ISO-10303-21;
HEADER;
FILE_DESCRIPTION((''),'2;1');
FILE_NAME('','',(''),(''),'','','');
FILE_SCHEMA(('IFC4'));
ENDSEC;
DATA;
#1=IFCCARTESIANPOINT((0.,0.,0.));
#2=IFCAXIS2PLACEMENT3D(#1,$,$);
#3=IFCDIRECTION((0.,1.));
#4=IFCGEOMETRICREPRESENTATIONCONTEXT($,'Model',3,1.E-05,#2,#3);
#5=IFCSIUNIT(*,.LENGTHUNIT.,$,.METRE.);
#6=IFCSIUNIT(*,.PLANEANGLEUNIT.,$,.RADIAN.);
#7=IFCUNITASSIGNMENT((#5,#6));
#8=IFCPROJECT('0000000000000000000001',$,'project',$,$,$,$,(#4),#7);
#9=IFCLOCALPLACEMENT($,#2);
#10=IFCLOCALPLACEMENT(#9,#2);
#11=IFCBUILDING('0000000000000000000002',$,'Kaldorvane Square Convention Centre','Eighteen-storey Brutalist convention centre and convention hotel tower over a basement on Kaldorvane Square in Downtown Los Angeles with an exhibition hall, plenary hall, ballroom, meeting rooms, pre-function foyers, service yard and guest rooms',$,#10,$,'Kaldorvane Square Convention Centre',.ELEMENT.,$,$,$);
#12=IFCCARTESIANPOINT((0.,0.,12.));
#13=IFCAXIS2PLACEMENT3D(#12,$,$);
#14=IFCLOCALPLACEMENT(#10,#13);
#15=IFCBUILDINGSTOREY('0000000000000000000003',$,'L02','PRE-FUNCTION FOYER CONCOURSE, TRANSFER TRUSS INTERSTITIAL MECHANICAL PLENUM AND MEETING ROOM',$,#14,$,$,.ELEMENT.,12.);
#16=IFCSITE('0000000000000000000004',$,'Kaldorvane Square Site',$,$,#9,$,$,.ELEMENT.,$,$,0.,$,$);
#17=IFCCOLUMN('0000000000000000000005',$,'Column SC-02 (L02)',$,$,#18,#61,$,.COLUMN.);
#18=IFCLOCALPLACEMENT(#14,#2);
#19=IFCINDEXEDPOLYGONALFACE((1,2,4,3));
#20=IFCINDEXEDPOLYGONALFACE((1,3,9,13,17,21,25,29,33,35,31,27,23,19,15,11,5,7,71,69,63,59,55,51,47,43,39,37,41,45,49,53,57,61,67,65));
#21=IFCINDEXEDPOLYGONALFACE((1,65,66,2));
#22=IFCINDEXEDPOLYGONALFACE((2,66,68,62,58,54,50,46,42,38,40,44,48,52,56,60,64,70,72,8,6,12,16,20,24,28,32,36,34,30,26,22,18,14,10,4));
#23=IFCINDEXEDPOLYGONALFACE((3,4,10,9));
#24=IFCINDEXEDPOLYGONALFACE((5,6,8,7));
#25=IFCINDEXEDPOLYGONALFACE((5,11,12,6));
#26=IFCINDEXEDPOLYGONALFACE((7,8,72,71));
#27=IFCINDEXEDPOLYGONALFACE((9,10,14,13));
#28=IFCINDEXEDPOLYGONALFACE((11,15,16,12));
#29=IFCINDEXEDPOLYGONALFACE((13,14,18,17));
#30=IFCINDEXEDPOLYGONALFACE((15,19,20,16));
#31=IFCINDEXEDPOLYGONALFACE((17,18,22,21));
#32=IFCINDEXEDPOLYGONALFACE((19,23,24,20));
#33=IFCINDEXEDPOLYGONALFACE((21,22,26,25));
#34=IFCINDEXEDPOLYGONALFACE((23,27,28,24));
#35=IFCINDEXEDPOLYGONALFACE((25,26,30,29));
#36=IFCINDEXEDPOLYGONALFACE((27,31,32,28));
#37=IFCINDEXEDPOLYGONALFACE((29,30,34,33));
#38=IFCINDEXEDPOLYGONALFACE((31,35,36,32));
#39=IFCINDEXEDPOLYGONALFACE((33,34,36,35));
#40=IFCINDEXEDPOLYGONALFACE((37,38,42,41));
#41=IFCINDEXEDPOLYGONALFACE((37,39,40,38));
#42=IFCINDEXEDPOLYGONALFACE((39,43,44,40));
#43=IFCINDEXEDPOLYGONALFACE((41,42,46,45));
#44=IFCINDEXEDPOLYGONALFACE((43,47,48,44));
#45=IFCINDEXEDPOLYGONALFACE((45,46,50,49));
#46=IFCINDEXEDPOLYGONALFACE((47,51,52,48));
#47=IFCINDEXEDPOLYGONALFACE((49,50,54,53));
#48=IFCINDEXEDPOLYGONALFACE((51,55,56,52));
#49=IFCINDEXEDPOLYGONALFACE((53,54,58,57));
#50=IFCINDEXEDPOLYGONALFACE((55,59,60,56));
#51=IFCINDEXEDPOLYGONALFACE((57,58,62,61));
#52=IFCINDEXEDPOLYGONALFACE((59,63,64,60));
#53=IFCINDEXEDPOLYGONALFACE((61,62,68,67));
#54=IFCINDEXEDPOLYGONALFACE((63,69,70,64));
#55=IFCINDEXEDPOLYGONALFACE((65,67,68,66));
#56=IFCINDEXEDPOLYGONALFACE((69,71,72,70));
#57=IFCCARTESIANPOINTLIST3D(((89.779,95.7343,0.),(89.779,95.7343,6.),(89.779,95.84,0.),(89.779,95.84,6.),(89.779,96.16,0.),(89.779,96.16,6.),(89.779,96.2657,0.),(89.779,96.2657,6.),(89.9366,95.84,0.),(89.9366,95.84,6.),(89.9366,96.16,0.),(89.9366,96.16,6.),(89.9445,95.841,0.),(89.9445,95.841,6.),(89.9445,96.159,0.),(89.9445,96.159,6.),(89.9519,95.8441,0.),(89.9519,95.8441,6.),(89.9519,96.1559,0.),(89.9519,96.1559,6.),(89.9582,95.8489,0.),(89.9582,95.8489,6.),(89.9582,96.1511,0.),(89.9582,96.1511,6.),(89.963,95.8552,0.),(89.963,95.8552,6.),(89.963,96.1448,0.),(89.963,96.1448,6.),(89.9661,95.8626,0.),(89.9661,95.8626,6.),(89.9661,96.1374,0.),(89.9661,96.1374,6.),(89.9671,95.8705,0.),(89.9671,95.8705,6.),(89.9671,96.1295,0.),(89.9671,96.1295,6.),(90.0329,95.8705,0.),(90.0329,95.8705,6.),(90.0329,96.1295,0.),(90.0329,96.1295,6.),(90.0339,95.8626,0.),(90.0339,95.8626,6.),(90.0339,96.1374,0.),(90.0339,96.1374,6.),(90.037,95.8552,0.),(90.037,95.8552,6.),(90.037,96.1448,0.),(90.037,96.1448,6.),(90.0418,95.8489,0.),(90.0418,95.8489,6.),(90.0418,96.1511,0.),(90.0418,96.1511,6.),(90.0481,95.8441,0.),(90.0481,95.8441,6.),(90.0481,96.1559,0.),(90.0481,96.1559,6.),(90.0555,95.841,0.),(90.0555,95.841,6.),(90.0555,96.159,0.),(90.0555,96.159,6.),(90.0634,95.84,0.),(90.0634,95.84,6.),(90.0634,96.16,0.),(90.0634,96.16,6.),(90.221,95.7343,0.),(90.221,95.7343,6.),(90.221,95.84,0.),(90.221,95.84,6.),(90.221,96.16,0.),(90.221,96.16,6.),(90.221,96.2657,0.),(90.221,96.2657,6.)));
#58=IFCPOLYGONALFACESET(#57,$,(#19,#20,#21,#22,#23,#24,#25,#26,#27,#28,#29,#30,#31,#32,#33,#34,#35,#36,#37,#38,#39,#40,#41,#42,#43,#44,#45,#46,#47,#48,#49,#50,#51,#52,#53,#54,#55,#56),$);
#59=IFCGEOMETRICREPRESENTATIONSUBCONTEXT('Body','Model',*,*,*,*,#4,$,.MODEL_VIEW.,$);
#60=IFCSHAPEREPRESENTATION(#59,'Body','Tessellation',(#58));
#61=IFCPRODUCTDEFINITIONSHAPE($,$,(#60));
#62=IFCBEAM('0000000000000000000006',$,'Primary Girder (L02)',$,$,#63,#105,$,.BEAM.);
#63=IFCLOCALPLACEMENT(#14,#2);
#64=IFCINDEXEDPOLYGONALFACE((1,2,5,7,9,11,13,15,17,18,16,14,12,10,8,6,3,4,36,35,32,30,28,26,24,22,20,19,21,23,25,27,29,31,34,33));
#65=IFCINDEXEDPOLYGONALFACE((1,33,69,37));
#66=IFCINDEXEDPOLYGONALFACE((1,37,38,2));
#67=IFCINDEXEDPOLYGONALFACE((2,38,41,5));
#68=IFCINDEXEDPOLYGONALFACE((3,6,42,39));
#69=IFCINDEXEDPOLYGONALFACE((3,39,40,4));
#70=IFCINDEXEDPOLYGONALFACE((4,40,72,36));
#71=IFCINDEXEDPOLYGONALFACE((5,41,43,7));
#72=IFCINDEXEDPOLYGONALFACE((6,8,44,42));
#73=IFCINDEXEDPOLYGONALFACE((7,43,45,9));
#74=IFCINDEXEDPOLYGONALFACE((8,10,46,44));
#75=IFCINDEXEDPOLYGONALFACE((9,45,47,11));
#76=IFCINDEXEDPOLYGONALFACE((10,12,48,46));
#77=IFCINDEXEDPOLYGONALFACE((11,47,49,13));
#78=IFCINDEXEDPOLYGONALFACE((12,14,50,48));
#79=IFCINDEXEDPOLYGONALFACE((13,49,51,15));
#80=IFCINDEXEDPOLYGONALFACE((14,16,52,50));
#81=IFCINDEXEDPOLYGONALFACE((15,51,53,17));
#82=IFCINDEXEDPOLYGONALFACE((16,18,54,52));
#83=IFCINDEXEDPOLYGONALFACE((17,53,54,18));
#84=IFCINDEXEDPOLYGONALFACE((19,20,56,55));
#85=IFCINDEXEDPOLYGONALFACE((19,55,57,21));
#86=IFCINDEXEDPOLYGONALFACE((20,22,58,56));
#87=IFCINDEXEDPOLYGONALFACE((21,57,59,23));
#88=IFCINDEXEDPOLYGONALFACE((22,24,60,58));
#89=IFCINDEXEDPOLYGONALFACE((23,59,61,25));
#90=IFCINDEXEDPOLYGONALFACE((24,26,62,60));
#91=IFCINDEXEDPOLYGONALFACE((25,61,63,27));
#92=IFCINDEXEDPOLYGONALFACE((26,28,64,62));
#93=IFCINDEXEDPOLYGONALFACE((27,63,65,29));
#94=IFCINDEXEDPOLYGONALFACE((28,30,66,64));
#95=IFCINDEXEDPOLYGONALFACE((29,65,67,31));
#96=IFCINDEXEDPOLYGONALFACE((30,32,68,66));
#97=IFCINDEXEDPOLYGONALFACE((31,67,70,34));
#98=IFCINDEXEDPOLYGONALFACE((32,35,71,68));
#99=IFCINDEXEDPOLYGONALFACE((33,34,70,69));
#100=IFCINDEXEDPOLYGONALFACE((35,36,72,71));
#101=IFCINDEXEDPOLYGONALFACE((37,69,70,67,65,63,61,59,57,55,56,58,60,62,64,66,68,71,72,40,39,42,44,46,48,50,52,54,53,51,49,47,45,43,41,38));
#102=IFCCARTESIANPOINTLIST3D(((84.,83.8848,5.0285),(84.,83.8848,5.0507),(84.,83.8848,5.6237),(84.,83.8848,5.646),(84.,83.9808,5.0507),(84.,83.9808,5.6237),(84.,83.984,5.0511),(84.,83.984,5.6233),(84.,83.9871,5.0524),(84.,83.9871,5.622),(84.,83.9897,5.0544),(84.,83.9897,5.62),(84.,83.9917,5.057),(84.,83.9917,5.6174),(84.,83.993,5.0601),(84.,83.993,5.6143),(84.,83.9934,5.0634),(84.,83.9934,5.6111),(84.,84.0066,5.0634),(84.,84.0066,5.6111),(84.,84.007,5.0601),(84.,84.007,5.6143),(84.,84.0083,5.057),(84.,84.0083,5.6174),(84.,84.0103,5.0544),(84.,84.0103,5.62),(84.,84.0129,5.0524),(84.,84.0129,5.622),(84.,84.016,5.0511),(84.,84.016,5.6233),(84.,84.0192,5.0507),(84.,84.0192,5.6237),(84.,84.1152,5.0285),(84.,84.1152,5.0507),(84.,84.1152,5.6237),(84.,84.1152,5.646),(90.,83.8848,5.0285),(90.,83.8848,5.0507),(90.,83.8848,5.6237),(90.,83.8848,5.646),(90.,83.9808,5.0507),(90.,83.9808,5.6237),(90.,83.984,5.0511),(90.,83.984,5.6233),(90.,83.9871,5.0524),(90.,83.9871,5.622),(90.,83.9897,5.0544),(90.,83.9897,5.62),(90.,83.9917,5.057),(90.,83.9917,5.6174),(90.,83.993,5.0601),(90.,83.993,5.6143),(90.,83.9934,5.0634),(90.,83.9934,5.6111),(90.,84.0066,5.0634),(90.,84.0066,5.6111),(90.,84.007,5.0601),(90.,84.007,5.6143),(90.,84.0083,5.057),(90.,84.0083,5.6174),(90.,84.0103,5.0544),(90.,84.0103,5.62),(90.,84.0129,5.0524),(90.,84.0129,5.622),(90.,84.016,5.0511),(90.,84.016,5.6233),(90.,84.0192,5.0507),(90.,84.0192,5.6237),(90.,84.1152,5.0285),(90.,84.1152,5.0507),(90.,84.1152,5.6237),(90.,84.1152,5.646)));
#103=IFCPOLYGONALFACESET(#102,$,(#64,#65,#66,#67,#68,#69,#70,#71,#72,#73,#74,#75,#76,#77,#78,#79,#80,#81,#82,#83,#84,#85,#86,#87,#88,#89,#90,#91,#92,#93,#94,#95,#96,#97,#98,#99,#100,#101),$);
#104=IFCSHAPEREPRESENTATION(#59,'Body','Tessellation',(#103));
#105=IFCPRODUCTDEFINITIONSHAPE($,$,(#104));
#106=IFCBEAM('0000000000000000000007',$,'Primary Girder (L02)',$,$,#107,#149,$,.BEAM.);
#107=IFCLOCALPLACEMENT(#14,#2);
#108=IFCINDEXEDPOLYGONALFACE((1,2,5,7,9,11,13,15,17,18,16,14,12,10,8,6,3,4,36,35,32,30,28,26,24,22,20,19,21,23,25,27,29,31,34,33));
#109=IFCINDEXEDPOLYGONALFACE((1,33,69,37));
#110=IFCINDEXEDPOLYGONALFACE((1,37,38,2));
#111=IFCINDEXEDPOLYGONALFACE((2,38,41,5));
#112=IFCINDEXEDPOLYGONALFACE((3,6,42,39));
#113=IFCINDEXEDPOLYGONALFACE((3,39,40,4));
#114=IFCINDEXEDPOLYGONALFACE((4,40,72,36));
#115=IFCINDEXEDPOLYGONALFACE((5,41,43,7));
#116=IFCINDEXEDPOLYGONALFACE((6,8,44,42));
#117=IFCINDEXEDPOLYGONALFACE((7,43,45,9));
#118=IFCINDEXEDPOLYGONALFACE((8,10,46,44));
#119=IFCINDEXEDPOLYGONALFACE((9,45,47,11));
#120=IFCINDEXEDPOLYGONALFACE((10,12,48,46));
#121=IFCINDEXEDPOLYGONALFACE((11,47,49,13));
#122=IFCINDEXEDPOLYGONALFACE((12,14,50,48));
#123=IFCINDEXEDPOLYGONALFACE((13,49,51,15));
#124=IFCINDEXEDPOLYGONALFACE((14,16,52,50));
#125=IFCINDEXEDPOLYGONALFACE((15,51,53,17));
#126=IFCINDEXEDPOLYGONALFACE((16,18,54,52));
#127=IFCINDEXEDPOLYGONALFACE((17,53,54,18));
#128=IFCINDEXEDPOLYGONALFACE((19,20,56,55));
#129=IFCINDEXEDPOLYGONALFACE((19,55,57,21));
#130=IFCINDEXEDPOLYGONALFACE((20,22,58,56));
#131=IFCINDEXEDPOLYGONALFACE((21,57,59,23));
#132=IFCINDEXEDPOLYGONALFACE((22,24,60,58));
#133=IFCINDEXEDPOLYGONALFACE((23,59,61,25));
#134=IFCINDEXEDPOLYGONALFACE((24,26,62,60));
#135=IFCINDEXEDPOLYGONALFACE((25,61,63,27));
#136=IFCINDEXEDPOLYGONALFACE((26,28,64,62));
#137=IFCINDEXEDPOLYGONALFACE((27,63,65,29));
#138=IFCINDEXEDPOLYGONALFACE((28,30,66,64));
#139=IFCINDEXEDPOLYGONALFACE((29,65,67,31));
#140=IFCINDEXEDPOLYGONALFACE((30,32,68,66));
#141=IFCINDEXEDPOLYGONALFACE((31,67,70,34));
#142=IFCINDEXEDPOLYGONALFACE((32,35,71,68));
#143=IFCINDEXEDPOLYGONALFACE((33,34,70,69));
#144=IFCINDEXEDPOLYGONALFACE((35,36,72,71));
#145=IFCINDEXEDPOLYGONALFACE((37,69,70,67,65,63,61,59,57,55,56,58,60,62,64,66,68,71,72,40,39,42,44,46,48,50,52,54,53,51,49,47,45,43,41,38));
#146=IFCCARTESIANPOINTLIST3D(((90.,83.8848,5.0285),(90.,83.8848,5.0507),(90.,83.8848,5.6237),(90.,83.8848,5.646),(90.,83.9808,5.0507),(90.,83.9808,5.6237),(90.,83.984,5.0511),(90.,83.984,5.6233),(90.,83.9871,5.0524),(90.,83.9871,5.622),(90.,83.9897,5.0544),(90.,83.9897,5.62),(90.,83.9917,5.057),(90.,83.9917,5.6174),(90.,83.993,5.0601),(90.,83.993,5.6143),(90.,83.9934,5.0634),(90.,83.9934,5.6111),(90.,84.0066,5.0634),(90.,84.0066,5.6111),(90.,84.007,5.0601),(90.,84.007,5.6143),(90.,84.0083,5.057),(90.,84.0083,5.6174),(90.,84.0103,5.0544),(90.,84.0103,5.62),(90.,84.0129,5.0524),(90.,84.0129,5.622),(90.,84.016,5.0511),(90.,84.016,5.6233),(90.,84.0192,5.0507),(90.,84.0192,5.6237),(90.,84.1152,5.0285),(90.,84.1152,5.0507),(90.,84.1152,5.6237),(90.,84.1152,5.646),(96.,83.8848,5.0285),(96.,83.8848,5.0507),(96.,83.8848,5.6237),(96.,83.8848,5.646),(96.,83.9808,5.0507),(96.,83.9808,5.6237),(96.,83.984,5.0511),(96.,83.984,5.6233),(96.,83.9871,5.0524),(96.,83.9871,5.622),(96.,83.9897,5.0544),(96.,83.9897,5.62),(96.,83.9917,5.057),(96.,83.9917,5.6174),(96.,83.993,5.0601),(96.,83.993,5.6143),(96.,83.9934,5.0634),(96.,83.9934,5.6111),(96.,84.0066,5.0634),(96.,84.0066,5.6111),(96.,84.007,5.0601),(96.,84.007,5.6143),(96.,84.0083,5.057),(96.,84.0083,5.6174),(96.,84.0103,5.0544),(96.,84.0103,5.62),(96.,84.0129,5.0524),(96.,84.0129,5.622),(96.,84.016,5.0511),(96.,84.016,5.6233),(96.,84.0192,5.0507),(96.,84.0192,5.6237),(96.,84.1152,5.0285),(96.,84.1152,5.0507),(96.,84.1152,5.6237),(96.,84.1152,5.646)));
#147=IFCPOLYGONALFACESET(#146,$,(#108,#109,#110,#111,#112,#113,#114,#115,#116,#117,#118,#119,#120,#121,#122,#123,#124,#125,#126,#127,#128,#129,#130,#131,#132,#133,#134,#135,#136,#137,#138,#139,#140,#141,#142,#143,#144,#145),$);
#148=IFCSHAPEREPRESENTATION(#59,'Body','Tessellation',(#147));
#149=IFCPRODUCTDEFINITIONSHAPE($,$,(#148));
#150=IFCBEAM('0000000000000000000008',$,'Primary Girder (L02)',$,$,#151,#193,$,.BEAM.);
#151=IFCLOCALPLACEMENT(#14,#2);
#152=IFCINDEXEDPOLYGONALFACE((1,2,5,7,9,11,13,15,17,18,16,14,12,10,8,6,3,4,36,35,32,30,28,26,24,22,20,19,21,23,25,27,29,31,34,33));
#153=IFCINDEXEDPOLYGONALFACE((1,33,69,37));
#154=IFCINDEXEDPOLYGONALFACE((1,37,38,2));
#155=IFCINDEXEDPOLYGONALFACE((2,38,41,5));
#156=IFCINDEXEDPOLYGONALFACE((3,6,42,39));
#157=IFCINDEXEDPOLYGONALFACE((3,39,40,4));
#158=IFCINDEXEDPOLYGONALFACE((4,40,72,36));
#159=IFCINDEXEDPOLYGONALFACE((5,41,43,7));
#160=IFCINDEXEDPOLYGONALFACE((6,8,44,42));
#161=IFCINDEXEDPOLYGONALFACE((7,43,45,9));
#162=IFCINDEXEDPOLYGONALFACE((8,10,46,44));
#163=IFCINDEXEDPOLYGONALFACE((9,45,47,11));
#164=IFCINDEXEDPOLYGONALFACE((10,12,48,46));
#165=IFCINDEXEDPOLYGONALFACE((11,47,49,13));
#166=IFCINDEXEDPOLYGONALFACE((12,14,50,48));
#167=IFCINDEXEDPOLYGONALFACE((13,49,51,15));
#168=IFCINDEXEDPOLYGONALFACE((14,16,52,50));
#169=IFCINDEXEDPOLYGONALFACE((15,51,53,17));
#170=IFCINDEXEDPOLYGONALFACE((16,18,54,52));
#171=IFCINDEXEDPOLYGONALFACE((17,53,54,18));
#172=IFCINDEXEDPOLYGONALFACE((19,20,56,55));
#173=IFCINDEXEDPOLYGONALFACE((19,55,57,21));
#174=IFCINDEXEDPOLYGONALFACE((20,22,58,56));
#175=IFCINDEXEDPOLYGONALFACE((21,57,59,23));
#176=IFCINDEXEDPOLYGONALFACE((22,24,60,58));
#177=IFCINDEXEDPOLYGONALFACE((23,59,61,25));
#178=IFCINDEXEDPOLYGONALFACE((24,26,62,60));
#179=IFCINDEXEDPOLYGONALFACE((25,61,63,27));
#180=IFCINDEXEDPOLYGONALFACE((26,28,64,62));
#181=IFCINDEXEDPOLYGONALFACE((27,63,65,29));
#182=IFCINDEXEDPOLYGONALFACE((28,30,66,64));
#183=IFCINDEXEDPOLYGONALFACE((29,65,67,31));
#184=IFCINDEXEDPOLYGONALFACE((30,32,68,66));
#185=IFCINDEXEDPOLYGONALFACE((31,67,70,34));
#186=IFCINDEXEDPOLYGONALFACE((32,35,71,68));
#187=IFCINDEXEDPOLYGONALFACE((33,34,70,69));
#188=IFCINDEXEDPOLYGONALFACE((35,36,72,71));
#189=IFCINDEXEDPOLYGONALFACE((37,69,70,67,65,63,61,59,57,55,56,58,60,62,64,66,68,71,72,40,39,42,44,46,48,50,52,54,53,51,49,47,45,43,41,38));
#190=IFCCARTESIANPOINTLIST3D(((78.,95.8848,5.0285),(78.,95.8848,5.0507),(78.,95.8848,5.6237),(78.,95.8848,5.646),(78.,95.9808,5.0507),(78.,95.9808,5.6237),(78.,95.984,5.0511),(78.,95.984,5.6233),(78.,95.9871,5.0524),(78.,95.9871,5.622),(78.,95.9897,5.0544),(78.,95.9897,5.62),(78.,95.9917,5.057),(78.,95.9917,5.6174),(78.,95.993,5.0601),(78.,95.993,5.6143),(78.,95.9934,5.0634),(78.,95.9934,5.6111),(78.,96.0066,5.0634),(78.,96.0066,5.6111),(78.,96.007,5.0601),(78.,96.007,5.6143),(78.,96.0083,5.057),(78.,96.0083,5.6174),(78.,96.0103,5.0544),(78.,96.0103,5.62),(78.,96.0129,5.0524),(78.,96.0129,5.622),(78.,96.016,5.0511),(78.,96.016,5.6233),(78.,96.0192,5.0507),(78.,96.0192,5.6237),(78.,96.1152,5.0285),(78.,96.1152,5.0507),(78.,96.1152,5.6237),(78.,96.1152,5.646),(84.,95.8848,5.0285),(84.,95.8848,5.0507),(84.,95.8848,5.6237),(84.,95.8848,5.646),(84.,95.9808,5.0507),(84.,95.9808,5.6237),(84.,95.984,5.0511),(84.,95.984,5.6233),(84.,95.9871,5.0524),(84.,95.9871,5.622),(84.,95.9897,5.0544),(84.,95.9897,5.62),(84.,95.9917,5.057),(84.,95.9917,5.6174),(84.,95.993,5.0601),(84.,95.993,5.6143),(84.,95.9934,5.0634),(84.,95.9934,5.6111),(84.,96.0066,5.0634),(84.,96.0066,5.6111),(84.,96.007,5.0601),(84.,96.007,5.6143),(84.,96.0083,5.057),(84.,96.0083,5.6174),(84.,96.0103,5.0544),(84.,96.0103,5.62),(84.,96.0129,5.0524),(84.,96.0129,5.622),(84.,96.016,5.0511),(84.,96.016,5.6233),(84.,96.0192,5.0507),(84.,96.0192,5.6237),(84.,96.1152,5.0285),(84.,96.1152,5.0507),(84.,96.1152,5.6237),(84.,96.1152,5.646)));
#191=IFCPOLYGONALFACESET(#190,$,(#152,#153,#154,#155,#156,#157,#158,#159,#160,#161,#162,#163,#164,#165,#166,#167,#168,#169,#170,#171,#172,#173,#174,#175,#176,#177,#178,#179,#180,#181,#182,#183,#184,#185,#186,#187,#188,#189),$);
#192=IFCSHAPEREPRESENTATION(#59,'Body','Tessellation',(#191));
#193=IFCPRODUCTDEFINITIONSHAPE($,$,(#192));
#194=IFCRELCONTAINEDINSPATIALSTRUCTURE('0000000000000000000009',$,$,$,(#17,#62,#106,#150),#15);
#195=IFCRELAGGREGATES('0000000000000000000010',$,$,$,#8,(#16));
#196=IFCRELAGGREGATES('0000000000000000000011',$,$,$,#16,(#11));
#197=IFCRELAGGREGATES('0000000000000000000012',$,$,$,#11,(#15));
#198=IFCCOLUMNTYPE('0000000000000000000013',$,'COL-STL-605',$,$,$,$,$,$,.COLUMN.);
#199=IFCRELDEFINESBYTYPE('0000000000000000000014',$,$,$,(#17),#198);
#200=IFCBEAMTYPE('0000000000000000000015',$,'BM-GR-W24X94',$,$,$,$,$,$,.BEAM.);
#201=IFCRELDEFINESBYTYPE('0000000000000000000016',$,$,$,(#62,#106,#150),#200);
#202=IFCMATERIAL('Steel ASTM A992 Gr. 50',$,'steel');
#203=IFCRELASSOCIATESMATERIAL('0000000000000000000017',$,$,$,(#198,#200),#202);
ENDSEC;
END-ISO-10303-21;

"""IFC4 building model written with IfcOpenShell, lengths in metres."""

from ifc_helpers import new_model, si_unit, direction, frame, origin, origin_2d, place, context, subcontext, project, spatial, i_section, extrude, material, material_profile, profile_set, type_object, element, save


model = new_model("IFC4")

# Units and contexts
model_context = context("Model", 3, precision=1e-05, world=origin(), true_north=direction((0.0, 1.0)))
body_context = subcontext(model_context, "Body", "Model", "MODEL_VIEW")
ifc_project = project(units=[si_unit("LENGTHUNIT", "METRE"), si_unit("PLANEANGLEUNIT", "RADIAN")], contexts=[model_context])

# Site, building, storey
site_placement = place(None, origin())
site = spatial("IfcSite", under=ifc_project, at=site_placement, Name="Kaldorvane Square Site", CompositionType="ELEMENT", RefElevation=0.0)
building_placement = place(site_placement, origin())
building = spatial("IfcBuilding", under=site, at=building_placement, Name="Kaldorvane Square Convention Centre", Description="Eighteen-storey Brutalist convention centre and convention hotel tower over a basement on Kaldorvane Square in Downtown Los Angeles with an exhibition hall, plenary hall, ballroom, meeting rooms, pre-function foyers, service yard and guest rooms", LongName="Kaldorvane Square Convention Centre", CompositionType="ELEMENT")
storey_placement = place(building_placement, frame((0.0, 0.0, 12.0)))
storey = spatial("IfcBuildingStorey", under=building, at=storey_placement, Name="L02", Description="PRE-FUNCTION FOYER CONCOURSE, TRANSFER TRUSS INTERSTITIAL MECHANICAL PLENUM AND MEETING ROOM", CompositionType="ELEMENT", Elevation=12.0)

# Column
ifc_material_1 = material(Name="Steel ASTM A992 Gr. 50", Category="steel")
ifc_material_profile_1 = material_profile(ifc_material_1, i_section(OverallWidth=0.442, OverallDepth=0.5314, WebThickness=0.0658, FlangeThickness=0.1057, FilletRadius=0.0305, at=origin_2d()), Name="W14X605")
ifc_profile_set_1 = profile_set([ifc_material_profile_1], Name="Steel ASTM A992 Gr. 50")
column_type_1 = type_object("IfcColumnType", Name="COL-STL-605", PredefinedType="COLUMN", material=ifc_profile_set_1)
for number, where, z_axis, x_axis, name in (
    (1, (90.0, 96.0, 0.0), (0.0, 0.0, 1.0), (1.0, 0.0, 0.0), "Column SC-02 (L02)"),
):
    element("IfcColumn", number, at=place(storey_placement, frame(where, z_axis=z_axis, x_axis=x_axis)), inside=storey, type_object=column_type_1, Name=name, PredefinedType="COLUMN", context=body_context, shape_type="SweptSolid", body=[
        extrude(i_section(OverallWidth=0.442, OverallDepth=0.5314, WebThickness=0.0658, FlangeThickness=0.1057, FilletRadius=0.0305, at=origin_2d()), origin(), (0.0, 0.0, 1.0), 6.0),
    ])

# Beams
ifc_material_profile_2 = material_profile(ifc_material_1, i_section(OverallWidth=0.2303, OverallDepth=0.6175, WebThickness=0.0131, FlangeThickness=0.0222, FilletRadius=0.0127, at=origin_2d()), Name="W24X94")
ifc_profile_set_2 = profile_set([ifc_material_profile_2], Name="Steel ASTM A992 Gr. 50")
beam_type_1 = type_object("IfcBeamType", Name="BM-GR-W24X94", PredefinedType="BEAM", material=ifc_profile_set_2)
for number, where, z_axis, x_axis, name in (
    (2, (84.0, 84.0, 5.3372), (1.0, 0.0, 0.0), (0.0, 1.0, 0.0), "Primary Girder (L02)"),
    (3, (90.0, 84.0, 5.3372), (1.0, 0.0, 0.0), (0.0, 1.0, 0.0), "Primary Girder (L02)"),
    (4, (78.0, 96.0, 5.3372), (1.0, 0.0, 0.0), (0.0, 1.0, 0.0), "Primary Girder (L02)"),
):
    element("IfcBeam", number, at=place(storey_placement, frame(where, z_axis=z_axis, x_axis=x_axis)), inside=storey, type_object=beam_type_1, Name=name, PredefinedType="BEAM", context=body_context, shape_type="SweptSolid", body=[
        extrude(i_section(OverallWidth=0.2303, OverallDepth=0.6175, WebThickness=0.0131, FlangeThickness=0.0222, FilletRadius=0.0127, at=origin_2d()), origin(), (0.0, 0.0, 1.0), 6.0),
    ])

save(model, "model.ifc")
